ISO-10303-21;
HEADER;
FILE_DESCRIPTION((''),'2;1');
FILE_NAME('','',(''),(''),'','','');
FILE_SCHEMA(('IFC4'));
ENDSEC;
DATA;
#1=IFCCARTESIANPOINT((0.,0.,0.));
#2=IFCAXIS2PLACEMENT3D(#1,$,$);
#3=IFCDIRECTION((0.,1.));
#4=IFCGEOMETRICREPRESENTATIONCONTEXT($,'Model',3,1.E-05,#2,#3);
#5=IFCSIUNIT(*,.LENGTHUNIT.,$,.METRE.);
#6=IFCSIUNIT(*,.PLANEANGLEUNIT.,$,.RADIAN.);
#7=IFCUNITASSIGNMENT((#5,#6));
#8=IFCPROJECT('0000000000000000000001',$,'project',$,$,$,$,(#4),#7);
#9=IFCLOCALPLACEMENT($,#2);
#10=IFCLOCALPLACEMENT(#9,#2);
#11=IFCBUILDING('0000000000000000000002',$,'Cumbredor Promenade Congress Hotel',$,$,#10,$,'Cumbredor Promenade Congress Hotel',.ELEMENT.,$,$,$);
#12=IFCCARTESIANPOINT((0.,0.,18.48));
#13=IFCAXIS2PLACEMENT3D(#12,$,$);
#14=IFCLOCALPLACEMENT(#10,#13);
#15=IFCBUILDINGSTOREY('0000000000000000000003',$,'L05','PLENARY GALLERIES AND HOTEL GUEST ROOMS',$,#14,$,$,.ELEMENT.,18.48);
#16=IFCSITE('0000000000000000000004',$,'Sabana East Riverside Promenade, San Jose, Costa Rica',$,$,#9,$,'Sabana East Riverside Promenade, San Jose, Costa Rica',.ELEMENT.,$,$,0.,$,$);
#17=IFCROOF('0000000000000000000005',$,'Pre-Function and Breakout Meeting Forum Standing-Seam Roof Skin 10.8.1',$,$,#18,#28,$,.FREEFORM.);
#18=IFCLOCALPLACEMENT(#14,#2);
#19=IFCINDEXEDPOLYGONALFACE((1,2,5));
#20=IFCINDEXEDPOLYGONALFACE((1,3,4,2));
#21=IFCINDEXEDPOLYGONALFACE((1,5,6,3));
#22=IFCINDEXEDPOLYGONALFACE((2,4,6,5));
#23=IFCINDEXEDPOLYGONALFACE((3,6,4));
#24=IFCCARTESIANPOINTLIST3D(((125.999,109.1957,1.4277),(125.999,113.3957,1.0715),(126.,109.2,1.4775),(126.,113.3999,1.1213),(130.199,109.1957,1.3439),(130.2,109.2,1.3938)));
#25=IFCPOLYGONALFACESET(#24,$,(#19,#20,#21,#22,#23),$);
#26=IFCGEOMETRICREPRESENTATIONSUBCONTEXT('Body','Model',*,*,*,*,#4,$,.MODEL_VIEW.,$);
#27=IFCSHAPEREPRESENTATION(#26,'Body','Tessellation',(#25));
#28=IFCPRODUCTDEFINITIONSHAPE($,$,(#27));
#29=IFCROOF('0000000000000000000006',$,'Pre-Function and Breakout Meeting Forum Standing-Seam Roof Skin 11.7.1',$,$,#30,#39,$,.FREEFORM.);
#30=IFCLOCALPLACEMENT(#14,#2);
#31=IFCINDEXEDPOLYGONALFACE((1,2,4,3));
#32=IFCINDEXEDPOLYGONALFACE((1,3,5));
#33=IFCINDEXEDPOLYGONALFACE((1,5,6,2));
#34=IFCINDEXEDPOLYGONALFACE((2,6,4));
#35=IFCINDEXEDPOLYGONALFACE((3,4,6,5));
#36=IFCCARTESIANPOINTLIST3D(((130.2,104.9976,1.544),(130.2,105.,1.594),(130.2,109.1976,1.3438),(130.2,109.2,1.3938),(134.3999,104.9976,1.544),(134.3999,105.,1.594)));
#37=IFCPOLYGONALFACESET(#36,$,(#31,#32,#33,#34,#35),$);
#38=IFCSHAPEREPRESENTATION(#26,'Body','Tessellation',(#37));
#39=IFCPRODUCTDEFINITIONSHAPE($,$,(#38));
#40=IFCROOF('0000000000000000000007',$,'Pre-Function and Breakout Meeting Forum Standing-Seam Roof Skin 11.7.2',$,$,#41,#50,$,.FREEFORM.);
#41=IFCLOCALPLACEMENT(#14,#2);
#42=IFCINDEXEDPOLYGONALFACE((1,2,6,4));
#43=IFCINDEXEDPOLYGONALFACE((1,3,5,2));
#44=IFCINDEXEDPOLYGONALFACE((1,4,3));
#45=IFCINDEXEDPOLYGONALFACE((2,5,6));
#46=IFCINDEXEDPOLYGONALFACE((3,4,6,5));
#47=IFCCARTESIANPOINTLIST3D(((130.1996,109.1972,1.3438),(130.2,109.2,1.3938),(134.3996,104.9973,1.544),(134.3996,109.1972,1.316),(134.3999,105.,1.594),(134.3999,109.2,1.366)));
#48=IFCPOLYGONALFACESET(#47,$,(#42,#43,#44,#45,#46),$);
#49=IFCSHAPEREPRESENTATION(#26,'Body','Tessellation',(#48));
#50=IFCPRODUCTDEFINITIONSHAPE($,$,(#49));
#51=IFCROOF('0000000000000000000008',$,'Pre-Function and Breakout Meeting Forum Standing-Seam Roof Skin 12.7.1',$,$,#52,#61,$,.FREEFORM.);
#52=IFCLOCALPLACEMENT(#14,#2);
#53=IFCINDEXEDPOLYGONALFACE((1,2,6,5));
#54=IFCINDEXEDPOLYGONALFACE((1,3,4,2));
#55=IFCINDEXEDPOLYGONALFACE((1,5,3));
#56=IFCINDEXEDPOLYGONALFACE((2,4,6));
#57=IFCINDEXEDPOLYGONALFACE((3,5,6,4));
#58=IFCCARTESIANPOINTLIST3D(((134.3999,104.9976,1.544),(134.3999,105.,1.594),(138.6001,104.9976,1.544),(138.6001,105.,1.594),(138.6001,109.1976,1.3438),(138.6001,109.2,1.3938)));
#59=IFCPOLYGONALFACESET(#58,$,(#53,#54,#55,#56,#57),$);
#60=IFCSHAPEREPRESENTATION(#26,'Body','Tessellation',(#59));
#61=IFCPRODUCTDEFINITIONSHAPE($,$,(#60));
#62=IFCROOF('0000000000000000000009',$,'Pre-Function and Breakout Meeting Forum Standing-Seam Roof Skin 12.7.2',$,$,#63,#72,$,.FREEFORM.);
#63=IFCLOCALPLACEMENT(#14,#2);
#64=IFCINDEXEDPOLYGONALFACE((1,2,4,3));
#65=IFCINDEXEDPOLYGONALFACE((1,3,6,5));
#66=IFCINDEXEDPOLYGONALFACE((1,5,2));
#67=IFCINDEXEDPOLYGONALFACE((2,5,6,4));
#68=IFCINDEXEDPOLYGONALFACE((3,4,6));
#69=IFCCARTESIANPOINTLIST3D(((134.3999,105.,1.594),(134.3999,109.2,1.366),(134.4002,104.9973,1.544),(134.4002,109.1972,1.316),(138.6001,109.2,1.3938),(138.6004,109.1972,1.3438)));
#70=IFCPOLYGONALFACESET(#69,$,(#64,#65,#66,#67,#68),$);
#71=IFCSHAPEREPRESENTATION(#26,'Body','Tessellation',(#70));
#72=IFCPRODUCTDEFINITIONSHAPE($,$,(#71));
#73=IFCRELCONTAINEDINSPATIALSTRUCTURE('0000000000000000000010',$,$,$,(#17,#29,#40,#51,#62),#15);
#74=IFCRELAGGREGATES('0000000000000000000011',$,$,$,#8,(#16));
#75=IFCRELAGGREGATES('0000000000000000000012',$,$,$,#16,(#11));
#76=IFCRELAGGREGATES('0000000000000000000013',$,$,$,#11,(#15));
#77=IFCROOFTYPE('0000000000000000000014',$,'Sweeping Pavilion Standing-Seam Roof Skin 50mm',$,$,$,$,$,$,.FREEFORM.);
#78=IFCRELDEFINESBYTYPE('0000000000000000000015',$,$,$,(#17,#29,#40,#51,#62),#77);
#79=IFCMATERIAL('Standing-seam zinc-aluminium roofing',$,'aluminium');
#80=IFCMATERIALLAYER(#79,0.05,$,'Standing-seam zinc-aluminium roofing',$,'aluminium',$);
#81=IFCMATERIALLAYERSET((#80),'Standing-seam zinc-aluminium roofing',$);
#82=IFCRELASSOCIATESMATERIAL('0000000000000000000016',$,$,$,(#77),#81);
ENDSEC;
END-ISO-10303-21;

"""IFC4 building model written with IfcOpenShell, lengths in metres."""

from ifc_helpers import new_model, si_unit, direction, frame, origin, place, context, subcontext, project, spatial, polyline, outline, extrude, material, layer, layer_set, type_object, element, save


model = new_model("IFC4")

# Units and contexts
model_context = context("Model", 3, precision=1e-05, world=origin(), true_north=direction((0.0, 1.0)))
body_context = subcontext(model_context, "Body", "Model", "MODEL_VIEW")
ifc_project = project(units=[si_unit("LENGTHUNIT", "METRE"), si_unit("PLANEANGLEUNIT", "RADIAN")], contexts=[model_context])

# Site, building, storey
site_placement = place(None, origin())
site = spatial("IfcSite", under=ifc_project, at=site_placement, Name="Sabana East Riverside Promenade, San Jose, Costa Rica", LongName="Sabana East Riverside Promenade, San Jose, Costa Rica", CompositionType="ELEMENT", RefElevation=0.0)
building_placement = place(site_placement, origin())
building = spatial("IfcBuilding", under=site, at=building_placement, Name="Cumbredor Promenade Congress Hotel", LongName="Cumbredor Promenade Congress Hotel", CompositionType="ELEMENT")
storey_placement = place(building_placement, frame((0.0, 0.0, 18.48)))
storey = spatial("IfcBuildingStorey", under=building, at=storey_placement, Name="L05", Description="PLENARY GALLERIES AND HOTEL GUEST ROOMS", CompositionType="ELEMENT", Elevation=18.48)

# Roofs
ifc_material_1 = material(Name="Standing-seam zinc-aluminium roofing", Category="aluminium")
ifc_layer_1 = layer(ifc_material_1, 0.05, Name="Standing-seam zinc-aluminium roofing", Category="aluminium")
ifc_layer_set_1 = layer_set([ifc_layer_1], Name="Standing-seam zinc-aluminium roofing")
roof_type = type_object("IfcRoofType", Name="Sweeping Pavilion Standing-Seam Roof Skin 50mm", PredefinedType="FREEFORM", material=ifc_layer_set_1)
roof_1_placement = place(storey_placement, frame((126.0, 109.2, 1.4775), z_axis=(0.019863, 0.084491, 0.996226), x_axis=(0.999801, 0.0, -0.019934)))
element("IfcRoof", 1, at=roof_1_placement, inside=storey, type_object=roof_type, Name="Pre-Function and Breakout Meeting Forum Standing-Seam Roof Skin 10.8.1", PredefinedType="FREEFORM", context=body_context, shape_type="SweptSolid", body=[
    extrude(outline(polyline([(0.0, 0.0), (4.2008, 0.0), (0.0071, 4.215), (0.0, 0.0)])), origin(), (0.0, 0.0, -1.0), 0.05),
])
roof_2_placement = place(storey_placement, frame((130.2, 105.0, 1.594), z_axis=(0.0, 0.047612, 0.998866), x_axis=(1.0, 0.0, 0.0)))
element("IfcRoof", 2, at=roof_2_placement, inside=storey, type_object=roof_type, Name="Pre-Function and Breakout Meeting Forum Standing-Seam Roof Skin 11.7.1", PredefinedType="FREEFORM", context=body_context, shape_type="SweptSolid", body=[
    extrude(outline(polyline([(0.0, 0.0), (4.2, 0.0), (0.0, 4.2047), (0.0, 0.0)])), origin(), (0.0, 0.0, -1.0), 0.05),
])
roof_3_placement = place(storey_placement, frame((134.3999, 105.0, 1.594), z_axis=(0.006617, 0.054212, 0.998508), x_axis=(0.0, 0.998529, -0.054213)))
element("IfcRoof", 3, at=roof_3_placement, inside=storey, type_object=roof_type, Name="Pre-Function and Breakout Meeting Forum Standing-Seam Roof Skin 11.7.2", PredefinedType="FREEFORM", context=body_context, shape_type="SweptSolid", body=[
    extrude(outline(polyline([(0.0, 0.0), (4.2061, 0.0), (4.2046, 4.2), (0.0, 0.0)])), origin(), (0.0, 0.0, -1.0), 0.05),
])
roof_4_placement = place(storey_placement, frame((134.3999, 105.0, 1.594), z_axis=(0.0, 0.047612, 0.998866), x_axis=(1.0, 0.0, 0.0)))
element("IfcRoof", 4, at=roof_4_placement, inside=storey, type_object=roof_type, Name="Pre-Function and Breakout Meeting Forum Standing-Seam Roof Skin 12.7.1", PredefinedType="FREEFORM", context=body_context, shape_type="SweptSolid", body=[
    extrude(outline(polyline([(0.0, 0.0), (4.2002, 0.0), (4.2002, 4.2047), (0.0, 0.0)])), origin(), (0.0, 0.0, -1.0), 0.05),
])
roof_5_placement = place(storey_placement, frame((134.3999, 105.0, 1.594), z_axis=(-0.006616, 0.054212, 0.998508), x_axis=(0.706726, 0.706685, -0.033685)))
element("IfcRoof", 5, at=roof_5_placement, inside=storey, type_object=roof_type, Name="Pre-Function and Breakout Meeting Forum Standing-Seam Roof Skin 12.7.2", PredefinedType="FREEFORM", context=body_context, shape_type="SweptSolid", body=[
    extrude(outline(polyline([(0.0, 0.0), (5.9432, 0.0), (2.9757, 2.9727), (0.0, 0.0)])), origin(), (0.0, 0.0, -1.0), 0.05),
])

save(model, "model.ifc")
